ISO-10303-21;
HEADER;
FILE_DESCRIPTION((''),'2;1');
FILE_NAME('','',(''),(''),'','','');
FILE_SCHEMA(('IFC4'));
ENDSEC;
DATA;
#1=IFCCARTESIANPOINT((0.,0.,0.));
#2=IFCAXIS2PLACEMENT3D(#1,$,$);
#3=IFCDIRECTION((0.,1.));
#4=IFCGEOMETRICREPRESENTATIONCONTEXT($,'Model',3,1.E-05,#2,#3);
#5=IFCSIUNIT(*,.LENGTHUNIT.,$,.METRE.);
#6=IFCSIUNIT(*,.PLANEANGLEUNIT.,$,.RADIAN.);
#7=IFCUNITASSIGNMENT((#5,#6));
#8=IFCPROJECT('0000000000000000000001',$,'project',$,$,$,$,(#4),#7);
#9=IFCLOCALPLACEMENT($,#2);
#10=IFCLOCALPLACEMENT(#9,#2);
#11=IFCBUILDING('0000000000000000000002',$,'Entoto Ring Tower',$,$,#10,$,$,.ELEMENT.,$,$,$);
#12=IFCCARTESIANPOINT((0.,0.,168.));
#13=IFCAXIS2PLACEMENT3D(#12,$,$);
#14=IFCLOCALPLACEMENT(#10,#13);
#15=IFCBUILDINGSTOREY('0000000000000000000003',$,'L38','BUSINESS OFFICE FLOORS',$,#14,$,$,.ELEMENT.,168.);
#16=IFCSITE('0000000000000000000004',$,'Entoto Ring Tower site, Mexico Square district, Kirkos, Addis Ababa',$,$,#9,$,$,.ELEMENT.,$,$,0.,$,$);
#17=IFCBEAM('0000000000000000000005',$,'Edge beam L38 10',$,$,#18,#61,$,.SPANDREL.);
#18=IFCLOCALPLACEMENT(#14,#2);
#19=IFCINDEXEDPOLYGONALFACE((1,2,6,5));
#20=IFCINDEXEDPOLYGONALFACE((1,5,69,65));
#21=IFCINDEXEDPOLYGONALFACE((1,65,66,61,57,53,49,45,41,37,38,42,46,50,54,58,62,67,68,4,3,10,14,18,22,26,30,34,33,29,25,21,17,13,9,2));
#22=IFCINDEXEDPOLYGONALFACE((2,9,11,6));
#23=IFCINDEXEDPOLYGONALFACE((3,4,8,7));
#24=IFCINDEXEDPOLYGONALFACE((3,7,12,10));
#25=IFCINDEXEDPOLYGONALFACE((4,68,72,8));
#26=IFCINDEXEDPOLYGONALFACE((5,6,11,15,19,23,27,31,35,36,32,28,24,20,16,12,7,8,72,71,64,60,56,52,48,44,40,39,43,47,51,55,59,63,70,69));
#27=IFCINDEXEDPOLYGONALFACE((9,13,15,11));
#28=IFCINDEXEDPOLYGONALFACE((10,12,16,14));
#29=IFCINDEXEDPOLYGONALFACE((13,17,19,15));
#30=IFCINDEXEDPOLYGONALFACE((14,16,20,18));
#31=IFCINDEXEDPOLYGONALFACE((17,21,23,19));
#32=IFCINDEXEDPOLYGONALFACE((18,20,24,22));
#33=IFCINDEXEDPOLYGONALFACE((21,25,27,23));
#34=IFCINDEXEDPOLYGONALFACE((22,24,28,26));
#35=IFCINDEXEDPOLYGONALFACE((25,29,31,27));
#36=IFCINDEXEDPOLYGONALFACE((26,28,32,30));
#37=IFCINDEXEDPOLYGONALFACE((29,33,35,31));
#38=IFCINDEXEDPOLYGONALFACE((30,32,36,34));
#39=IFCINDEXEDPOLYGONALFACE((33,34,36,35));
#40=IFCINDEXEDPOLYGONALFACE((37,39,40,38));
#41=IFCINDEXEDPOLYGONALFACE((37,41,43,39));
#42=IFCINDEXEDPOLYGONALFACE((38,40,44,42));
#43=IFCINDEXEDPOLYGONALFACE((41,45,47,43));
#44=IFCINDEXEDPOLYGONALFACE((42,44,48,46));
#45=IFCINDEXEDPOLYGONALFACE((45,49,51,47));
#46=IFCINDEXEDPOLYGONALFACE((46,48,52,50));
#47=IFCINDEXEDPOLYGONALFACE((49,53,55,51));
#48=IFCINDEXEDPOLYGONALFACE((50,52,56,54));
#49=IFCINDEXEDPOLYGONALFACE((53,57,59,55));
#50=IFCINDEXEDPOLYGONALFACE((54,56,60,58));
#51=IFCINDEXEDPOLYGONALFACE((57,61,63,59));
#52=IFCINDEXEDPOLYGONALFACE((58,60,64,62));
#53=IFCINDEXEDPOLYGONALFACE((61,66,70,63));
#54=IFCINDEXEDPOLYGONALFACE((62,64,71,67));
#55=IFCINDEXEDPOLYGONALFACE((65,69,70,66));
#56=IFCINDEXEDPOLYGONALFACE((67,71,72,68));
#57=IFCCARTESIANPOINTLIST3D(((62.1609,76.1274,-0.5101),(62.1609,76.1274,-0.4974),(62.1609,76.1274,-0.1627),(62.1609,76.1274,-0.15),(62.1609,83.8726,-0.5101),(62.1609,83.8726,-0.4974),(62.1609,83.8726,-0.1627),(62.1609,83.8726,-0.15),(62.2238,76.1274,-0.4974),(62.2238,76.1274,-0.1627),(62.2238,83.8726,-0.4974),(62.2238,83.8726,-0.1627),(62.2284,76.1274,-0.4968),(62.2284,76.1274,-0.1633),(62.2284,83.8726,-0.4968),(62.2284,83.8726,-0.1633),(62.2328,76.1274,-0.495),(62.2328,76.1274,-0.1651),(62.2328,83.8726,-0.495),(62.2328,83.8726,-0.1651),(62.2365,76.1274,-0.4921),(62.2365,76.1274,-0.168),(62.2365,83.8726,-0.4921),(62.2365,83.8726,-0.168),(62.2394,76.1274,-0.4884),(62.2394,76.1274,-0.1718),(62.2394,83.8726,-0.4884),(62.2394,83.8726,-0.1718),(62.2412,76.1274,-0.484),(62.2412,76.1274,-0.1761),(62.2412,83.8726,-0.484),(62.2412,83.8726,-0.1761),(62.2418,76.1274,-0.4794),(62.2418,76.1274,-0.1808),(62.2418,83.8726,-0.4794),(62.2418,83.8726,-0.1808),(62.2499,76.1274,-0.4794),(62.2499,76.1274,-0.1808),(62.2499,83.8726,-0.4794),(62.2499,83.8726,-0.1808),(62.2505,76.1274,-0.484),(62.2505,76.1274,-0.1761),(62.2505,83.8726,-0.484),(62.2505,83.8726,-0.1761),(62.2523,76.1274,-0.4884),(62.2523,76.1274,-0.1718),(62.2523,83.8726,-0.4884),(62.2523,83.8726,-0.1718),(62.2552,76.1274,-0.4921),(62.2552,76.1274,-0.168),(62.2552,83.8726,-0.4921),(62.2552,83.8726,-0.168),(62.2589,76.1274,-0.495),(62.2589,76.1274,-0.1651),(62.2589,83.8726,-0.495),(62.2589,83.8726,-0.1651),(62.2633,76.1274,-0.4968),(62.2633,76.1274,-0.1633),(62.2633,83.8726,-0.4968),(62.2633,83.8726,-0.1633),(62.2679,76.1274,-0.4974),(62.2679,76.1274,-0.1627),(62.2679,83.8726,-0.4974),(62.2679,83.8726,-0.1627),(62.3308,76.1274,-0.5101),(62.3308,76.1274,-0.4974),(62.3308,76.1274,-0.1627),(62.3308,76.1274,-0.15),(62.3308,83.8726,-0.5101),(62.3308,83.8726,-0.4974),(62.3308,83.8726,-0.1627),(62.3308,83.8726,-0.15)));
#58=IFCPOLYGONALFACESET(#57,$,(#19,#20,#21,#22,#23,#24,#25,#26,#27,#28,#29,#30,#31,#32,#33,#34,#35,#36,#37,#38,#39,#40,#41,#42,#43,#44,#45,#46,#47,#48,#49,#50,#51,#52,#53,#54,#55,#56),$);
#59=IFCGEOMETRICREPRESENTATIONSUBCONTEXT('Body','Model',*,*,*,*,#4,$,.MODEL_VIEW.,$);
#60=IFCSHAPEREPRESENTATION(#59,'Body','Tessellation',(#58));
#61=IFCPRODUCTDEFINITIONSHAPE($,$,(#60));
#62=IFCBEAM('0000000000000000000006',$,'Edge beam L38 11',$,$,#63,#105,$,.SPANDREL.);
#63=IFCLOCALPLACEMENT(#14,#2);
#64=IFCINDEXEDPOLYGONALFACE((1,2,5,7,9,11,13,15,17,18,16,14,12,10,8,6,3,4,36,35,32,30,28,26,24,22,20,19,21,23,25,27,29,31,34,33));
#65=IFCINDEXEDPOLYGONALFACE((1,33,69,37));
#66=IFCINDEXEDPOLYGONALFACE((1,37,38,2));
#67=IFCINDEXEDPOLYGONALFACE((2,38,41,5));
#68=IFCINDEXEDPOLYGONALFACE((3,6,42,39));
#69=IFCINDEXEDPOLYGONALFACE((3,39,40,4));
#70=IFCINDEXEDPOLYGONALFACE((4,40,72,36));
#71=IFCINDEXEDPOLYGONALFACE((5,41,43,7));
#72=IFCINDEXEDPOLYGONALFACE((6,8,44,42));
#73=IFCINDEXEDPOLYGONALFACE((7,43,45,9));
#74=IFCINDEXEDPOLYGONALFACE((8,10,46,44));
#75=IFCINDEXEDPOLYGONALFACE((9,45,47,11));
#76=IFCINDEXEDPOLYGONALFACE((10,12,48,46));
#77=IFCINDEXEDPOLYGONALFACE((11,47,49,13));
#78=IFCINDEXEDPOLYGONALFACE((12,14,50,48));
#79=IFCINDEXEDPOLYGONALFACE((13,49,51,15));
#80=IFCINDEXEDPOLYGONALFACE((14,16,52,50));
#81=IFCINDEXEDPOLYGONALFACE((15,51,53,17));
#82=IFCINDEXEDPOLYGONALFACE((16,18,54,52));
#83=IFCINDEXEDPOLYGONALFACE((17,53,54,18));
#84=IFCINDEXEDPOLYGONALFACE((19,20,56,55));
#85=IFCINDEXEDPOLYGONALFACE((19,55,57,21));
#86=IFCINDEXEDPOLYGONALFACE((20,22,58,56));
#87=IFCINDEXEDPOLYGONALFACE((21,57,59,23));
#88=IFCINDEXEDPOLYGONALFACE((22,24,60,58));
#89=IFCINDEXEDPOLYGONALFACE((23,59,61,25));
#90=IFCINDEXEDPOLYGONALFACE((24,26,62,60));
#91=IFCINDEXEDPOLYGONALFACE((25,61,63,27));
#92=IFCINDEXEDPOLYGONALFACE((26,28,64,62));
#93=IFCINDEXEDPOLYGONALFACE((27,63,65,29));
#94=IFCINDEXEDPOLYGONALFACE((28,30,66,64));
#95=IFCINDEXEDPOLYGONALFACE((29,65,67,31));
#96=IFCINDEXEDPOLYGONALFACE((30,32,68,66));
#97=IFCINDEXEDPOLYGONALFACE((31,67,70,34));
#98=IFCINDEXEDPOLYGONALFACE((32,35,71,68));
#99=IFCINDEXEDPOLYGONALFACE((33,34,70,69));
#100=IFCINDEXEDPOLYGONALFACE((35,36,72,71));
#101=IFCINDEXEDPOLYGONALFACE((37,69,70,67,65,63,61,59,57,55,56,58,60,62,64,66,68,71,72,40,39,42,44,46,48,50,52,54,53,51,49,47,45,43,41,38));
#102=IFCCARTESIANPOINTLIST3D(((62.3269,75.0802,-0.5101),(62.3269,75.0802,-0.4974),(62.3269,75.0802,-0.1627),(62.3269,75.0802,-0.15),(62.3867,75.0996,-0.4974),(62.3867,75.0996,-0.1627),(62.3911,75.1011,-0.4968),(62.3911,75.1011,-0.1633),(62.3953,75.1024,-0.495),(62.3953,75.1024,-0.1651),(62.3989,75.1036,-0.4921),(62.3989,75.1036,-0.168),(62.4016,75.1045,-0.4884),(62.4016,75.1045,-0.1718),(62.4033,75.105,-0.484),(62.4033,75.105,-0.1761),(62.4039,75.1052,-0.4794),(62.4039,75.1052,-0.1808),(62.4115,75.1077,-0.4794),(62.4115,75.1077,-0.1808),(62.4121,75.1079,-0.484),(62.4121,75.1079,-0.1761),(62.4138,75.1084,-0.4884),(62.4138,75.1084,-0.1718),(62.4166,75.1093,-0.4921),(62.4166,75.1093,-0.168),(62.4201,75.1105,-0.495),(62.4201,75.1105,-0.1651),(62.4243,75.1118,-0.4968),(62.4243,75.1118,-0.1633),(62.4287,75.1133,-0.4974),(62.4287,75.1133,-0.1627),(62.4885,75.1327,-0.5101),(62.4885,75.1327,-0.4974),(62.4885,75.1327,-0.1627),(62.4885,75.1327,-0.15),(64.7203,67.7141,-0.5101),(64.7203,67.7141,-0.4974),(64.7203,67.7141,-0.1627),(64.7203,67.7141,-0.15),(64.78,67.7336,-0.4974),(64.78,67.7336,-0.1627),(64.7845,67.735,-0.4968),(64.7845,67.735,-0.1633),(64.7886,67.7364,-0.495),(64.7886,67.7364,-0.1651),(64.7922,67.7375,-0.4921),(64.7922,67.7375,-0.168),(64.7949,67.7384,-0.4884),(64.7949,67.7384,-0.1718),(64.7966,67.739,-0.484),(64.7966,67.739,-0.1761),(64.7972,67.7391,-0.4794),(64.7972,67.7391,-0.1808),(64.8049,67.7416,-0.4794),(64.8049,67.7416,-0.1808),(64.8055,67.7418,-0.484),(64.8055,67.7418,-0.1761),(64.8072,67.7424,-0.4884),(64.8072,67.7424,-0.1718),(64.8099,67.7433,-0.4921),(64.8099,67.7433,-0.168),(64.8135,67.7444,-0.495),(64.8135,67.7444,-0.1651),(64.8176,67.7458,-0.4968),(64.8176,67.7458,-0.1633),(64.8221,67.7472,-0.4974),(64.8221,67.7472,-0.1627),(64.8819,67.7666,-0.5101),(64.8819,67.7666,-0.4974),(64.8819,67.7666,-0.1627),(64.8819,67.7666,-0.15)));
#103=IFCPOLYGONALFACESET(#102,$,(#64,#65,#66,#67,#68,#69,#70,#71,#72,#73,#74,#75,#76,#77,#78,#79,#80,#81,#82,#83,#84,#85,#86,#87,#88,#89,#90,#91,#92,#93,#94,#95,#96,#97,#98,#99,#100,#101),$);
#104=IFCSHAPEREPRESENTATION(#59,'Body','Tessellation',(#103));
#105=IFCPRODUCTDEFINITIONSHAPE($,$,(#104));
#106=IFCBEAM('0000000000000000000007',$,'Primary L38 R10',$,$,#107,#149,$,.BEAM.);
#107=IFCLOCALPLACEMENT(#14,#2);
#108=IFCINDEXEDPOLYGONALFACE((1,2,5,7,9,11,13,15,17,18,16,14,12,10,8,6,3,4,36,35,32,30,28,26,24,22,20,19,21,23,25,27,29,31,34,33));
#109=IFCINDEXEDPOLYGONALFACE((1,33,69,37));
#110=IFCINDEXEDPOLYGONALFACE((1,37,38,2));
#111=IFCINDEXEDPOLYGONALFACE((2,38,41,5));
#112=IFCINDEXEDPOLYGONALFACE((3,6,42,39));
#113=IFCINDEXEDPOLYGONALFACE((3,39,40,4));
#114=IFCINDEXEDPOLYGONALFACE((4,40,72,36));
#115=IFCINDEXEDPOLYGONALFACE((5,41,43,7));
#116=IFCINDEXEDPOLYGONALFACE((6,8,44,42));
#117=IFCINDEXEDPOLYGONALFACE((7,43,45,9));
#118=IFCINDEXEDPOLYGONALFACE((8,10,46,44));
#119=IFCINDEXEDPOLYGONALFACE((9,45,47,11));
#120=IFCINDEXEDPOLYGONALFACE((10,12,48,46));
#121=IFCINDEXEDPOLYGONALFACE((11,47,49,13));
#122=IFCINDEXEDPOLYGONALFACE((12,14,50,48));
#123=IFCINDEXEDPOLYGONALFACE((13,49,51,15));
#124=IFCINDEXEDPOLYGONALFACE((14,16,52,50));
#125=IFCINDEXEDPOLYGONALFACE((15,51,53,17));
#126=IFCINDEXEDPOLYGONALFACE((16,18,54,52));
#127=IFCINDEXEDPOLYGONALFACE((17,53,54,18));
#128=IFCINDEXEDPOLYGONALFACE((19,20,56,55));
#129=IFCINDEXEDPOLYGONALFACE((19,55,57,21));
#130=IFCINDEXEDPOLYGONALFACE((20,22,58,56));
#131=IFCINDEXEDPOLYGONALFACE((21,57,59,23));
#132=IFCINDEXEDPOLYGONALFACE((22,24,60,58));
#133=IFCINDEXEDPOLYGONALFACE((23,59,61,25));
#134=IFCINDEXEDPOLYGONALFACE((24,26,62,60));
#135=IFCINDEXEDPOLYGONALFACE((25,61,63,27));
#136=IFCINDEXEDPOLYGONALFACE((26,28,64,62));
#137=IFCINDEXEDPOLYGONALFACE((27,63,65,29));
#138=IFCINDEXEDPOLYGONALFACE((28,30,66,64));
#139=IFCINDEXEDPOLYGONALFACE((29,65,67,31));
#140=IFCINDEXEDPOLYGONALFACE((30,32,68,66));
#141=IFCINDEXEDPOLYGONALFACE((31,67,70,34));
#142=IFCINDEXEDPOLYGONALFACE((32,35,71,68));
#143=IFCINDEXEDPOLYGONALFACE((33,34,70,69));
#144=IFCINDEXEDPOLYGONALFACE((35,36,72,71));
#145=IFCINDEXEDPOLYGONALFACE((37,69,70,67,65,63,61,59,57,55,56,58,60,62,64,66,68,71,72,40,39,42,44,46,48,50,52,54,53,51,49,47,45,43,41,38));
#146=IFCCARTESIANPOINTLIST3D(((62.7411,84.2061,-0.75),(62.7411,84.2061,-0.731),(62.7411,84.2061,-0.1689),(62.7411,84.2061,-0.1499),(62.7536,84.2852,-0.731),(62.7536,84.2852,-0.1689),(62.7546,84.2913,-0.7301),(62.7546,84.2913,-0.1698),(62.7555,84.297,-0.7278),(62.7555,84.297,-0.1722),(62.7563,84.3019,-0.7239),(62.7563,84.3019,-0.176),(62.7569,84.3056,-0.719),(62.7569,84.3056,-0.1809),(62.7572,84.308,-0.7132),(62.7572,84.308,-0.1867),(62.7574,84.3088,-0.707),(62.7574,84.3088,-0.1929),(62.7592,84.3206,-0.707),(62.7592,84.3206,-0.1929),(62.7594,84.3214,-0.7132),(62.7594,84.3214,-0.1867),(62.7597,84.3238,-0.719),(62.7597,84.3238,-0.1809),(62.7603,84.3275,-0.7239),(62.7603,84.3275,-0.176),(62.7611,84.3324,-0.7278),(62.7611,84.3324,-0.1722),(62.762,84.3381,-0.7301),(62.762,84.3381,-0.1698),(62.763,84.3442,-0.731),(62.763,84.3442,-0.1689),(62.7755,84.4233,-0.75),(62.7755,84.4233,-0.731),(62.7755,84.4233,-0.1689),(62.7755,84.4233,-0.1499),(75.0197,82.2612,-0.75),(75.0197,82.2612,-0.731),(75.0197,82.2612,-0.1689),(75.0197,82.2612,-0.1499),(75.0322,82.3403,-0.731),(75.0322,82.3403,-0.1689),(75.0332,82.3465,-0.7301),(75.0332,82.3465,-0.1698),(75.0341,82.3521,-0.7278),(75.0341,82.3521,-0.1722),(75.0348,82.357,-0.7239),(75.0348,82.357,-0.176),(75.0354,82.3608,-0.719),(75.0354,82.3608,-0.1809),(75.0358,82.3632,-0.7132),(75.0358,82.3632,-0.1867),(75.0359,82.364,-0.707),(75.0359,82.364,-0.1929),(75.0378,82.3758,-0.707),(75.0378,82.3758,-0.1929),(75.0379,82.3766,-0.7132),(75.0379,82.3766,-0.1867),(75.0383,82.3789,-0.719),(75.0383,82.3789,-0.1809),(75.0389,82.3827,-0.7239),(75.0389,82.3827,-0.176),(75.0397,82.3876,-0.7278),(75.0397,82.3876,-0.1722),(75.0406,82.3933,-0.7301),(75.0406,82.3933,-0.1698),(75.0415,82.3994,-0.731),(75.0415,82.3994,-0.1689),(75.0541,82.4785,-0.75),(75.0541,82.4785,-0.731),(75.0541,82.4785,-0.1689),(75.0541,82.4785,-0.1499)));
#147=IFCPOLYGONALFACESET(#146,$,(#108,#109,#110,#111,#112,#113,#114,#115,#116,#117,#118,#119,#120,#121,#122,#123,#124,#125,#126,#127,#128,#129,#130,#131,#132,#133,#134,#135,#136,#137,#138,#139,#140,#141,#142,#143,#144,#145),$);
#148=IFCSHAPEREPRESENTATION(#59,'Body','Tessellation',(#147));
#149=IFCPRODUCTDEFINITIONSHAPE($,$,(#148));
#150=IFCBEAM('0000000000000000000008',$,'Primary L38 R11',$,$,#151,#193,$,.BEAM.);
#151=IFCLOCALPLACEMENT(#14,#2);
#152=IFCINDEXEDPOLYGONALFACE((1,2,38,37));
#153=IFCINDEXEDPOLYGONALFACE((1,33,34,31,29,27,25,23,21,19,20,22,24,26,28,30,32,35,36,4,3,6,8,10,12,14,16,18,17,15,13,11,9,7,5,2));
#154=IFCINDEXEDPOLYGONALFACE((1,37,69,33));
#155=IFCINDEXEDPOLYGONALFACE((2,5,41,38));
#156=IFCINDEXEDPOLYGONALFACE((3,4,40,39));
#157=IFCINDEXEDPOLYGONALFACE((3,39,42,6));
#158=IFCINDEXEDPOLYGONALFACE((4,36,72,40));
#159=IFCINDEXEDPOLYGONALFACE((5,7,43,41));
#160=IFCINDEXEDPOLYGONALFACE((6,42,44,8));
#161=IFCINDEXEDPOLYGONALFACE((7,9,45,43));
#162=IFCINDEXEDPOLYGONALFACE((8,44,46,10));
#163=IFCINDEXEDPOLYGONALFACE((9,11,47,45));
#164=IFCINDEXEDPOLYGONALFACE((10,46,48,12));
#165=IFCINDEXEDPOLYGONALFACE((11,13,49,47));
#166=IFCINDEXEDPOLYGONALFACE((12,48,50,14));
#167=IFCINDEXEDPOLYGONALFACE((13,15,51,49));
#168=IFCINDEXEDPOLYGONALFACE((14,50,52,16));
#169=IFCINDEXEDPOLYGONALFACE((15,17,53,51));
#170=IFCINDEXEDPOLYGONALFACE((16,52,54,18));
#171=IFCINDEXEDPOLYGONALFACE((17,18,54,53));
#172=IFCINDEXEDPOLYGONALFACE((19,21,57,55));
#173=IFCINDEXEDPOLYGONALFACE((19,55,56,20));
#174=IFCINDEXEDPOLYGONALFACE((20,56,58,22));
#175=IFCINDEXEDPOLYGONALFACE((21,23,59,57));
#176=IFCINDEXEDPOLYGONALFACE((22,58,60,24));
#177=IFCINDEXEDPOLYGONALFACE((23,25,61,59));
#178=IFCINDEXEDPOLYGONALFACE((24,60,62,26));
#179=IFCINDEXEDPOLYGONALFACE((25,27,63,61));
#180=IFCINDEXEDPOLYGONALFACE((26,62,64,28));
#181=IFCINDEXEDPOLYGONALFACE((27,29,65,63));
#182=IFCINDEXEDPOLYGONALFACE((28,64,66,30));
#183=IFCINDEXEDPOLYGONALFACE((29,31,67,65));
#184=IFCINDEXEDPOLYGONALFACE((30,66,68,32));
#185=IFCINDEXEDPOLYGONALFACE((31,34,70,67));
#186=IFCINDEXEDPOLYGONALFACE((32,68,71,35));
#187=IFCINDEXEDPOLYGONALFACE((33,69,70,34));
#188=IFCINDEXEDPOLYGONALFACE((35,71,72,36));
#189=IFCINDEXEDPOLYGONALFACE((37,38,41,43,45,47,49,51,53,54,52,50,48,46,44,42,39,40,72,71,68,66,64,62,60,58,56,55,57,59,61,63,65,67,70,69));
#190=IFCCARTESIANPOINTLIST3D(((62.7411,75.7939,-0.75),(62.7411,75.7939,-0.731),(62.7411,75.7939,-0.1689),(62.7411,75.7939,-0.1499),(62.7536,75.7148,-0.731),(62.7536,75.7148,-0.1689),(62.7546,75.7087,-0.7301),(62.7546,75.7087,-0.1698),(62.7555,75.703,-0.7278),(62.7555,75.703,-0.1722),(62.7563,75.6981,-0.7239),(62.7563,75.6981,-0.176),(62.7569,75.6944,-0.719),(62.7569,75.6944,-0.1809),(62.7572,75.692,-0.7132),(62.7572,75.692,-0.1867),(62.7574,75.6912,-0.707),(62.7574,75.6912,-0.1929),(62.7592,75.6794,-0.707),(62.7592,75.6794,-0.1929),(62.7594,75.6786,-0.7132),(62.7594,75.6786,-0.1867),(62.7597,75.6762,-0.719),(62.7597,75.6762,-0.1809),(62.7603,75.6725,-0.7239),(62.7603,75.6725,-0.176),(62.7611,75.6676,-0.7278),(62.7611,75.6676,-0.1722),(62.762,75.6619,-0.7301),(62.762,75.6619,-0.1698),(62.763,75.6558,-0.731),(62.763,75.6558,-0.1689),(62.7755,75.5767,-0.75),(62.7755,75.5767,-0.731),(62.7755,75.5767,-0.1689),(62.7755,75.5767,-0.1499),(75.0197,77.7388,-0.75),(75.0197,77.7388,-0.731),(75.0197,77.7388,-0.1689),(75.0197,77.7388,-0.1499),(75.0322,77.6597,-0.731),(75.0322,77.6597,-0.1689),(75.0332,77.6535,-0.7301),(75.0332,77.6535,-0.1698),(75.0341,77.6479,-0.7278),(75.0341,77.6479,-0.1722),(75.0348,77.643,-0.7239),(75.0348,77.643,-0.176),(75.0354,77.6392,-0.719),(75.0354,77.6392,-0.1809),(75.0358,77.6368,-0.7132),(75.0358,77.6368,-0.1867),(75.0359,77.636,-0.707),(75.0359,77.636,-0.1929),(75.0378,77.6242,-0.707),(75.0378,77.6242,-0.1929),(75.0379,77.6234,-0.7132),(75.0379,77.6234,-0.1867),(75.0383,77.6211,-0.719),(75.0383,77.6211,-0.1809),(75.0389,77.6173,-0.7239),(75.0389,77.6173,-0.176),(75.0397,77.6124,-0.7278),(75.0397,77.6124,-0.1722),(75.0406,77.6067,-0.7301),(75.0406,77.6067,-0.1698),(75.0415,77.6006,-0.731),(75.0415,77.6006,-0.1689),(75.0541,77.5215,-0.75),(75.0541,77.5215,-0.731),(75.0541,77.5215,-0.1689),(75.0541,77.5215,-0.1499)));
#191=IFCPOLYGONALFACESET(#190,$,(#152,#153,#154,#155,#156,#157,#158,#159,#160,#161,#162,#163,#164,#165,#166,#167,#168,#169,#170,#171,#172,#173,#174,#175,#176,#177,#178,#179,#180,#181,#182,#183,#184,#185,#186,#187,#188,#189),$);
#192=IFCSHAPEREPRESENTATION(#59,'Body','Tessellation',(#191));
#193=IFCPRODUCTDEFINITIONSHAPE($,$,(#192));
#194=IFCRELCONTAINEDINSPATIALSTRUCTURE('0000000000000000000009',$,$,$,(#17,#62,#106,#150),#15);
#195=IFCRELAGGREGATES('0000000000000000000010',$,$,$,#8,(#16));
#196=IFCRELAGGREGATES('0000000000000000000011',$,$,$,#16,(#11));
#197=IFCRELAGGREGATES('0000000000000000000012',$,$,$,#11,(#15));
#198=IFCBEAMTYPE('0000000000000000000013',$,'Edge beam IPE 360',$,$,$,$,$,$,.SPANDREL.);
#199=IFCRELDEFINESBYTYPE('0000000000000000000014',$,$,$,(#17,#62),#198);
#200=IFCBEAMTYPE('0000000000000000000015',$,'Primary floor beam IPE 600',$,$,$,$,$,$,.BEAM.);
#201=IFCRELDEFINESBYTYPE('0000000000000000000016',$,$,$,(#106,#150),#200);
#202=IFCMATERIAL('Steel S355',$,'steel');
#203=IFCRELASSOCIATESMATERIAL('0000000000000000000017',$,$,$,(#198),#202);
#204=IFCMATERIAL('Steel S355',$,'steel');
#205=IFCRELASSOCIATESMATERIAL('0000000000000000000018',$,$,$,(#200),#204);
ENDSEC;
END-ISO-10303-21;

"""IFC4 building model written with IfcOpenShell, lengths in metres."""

from ifc_helpers import new_model, si_unit, direction, frame, origin, origin_2d, place, context, subcontext, project, spatial, i_section, extrude, material, material_profile, profile_set, type_object, element, save


model = new_model("IFC4")

# Units and contexts
model_context = context("Model", 3, precision=1e-05, world=origin(), true_north=direction((0.0, 1.0)))
body_context = subcontext(model_context, "Body", "Model", "MODEL_VIEW")
ifc_project = project(units=[si_unit("LENGTHUNIT", "METRE"), si_unit("PLANEANGLEUNIT", "RADIAN")], contexts=[model_context])

# Site, building, storey
site_placement = place(None, origin())
site = spatial("IfcSite", under=ifc_project, at=site_placement, Name="Entoto Ring Tower site, Mexico Square district, Kirkos, Addis Ababa", CompositionType="ELEMENT", RefElevation=0.0)
building_placement = place(site_placement, origin())
building = spatial("IfcBuilding", under=site, at=building_placement, Name="Entoto Ring Tower", CompositionType="ELEMENT")
storey_placement = place(building_placement, frame((0.0, 0.0, 168.0)))
storey = spatial("IfcBuildingStorey", under=building, at=storey_placement, Name="L38", Description="BUSINESS OFFICE FLOORS", CompositionType="ELEMENT", Elevation=168.0)

# Beams
ifc_material_1 = material(Name="Steel S355", Category="steel")
ifc_material_profile_1 = material_profile(ifc_material_1, i_section(OverallWidth=0.1699, OverallDepth=0.3601, WebThickness=0.0081, FlangeThickness=0.0127, FilletRadius=0.0181, at=origin_2d()), Name="IPE 360")
ifc_profile_set_1 = profile_set([ifc_material_profile_1], Name="Steel S355")
beam_type_1 = type_object("IfcBeamType", Name="Edge beam IPE 360", PredefinedType="SPANDREL", material=ifc_profile_set_1)
for number, where, z_axis, x_axis, name in (
    (1, (62.2458, 83.8726, -0.3301), (0.0, -1.0, 0.0), (1.0, 0.0, 0.0), "Edge beam L38 10"),
    (2, (62.4077, 75.1064, -0.3301), (0.309013, -0.951058, 0.0), (0.951058, 0.309013, 0.0), "Edge beam L38 11"),
):
    element("IfcBeam", number, at=place(storey_placement, frame(where, z_axis=z_axis, x_axis=x_axis)), inside=storey, type_object=beam_type_1, Name=name, PredefinedType="SPANDREL", context=body_context, shape_type="SweptSolid", body=[
        extrude(i_section(OverallWidth=0.1699, OverallDepth=0.3601, WebThickness=0.0081, FlangeThickness=0.0127, FilletRadius=0.0181, at=origin_2d()), origin(), (0.0, 0.0, 1.0), 7.7451),
    ])
ifc_material_2 = material(Name="Steel S355", Category="steel")
ifc_material_profile_2 = material_profile(ifc_material_2, i_section(OverallWidth=0.22, OverallDepth=0.6001, WebThickness=0.012, FlangeThickness=0.019, FilletRadius=0.0239, at=origin_2d()), Name="IPE 600")
ifc_profile_set_2 = profile_set([ifc_material_profile_2], Name="Steel S355")
beam_type_2 = type_object("IfcBeamType", Name="Primary floor beam IPE 600", PredefinedType="BEAM", material=ifc_profile_set_2)
for number, where, z_axis, x_axis, name in (
    (3, (75.0369, 82.3699, -0.45), (-0.987687, 0.156442, 0.0), (-0.156442, -0.987687, 0.0), "Primary L38 R10"),
    (4, (75.0369, 77.6301, -0.45), (-0.987687, -0.156442, 0.0), (0.156442, -0.987687, 0.0), "Primary L38 R11"),
):
    element("IfcBeam", number, at=place(storey_placement, frame(where, z_axis=z_axis, x_axis=x_axis)), inside=storey, type_object=beam_type_2, Name=name, PredefinedType="BEAM", context=body_context, shape_type="SweptSolid", body=[
        extrude(i_section(OverallWidth=0.22, OverallDepth=0.6001, WebThickness=0.012, FlangeThickness=0.019, FilletRadius=0.0239, at=origin_2d()), origin(), (0.0, 0.0, 1.0), 12.4316),
    ])

save(model, "model.ifc")
